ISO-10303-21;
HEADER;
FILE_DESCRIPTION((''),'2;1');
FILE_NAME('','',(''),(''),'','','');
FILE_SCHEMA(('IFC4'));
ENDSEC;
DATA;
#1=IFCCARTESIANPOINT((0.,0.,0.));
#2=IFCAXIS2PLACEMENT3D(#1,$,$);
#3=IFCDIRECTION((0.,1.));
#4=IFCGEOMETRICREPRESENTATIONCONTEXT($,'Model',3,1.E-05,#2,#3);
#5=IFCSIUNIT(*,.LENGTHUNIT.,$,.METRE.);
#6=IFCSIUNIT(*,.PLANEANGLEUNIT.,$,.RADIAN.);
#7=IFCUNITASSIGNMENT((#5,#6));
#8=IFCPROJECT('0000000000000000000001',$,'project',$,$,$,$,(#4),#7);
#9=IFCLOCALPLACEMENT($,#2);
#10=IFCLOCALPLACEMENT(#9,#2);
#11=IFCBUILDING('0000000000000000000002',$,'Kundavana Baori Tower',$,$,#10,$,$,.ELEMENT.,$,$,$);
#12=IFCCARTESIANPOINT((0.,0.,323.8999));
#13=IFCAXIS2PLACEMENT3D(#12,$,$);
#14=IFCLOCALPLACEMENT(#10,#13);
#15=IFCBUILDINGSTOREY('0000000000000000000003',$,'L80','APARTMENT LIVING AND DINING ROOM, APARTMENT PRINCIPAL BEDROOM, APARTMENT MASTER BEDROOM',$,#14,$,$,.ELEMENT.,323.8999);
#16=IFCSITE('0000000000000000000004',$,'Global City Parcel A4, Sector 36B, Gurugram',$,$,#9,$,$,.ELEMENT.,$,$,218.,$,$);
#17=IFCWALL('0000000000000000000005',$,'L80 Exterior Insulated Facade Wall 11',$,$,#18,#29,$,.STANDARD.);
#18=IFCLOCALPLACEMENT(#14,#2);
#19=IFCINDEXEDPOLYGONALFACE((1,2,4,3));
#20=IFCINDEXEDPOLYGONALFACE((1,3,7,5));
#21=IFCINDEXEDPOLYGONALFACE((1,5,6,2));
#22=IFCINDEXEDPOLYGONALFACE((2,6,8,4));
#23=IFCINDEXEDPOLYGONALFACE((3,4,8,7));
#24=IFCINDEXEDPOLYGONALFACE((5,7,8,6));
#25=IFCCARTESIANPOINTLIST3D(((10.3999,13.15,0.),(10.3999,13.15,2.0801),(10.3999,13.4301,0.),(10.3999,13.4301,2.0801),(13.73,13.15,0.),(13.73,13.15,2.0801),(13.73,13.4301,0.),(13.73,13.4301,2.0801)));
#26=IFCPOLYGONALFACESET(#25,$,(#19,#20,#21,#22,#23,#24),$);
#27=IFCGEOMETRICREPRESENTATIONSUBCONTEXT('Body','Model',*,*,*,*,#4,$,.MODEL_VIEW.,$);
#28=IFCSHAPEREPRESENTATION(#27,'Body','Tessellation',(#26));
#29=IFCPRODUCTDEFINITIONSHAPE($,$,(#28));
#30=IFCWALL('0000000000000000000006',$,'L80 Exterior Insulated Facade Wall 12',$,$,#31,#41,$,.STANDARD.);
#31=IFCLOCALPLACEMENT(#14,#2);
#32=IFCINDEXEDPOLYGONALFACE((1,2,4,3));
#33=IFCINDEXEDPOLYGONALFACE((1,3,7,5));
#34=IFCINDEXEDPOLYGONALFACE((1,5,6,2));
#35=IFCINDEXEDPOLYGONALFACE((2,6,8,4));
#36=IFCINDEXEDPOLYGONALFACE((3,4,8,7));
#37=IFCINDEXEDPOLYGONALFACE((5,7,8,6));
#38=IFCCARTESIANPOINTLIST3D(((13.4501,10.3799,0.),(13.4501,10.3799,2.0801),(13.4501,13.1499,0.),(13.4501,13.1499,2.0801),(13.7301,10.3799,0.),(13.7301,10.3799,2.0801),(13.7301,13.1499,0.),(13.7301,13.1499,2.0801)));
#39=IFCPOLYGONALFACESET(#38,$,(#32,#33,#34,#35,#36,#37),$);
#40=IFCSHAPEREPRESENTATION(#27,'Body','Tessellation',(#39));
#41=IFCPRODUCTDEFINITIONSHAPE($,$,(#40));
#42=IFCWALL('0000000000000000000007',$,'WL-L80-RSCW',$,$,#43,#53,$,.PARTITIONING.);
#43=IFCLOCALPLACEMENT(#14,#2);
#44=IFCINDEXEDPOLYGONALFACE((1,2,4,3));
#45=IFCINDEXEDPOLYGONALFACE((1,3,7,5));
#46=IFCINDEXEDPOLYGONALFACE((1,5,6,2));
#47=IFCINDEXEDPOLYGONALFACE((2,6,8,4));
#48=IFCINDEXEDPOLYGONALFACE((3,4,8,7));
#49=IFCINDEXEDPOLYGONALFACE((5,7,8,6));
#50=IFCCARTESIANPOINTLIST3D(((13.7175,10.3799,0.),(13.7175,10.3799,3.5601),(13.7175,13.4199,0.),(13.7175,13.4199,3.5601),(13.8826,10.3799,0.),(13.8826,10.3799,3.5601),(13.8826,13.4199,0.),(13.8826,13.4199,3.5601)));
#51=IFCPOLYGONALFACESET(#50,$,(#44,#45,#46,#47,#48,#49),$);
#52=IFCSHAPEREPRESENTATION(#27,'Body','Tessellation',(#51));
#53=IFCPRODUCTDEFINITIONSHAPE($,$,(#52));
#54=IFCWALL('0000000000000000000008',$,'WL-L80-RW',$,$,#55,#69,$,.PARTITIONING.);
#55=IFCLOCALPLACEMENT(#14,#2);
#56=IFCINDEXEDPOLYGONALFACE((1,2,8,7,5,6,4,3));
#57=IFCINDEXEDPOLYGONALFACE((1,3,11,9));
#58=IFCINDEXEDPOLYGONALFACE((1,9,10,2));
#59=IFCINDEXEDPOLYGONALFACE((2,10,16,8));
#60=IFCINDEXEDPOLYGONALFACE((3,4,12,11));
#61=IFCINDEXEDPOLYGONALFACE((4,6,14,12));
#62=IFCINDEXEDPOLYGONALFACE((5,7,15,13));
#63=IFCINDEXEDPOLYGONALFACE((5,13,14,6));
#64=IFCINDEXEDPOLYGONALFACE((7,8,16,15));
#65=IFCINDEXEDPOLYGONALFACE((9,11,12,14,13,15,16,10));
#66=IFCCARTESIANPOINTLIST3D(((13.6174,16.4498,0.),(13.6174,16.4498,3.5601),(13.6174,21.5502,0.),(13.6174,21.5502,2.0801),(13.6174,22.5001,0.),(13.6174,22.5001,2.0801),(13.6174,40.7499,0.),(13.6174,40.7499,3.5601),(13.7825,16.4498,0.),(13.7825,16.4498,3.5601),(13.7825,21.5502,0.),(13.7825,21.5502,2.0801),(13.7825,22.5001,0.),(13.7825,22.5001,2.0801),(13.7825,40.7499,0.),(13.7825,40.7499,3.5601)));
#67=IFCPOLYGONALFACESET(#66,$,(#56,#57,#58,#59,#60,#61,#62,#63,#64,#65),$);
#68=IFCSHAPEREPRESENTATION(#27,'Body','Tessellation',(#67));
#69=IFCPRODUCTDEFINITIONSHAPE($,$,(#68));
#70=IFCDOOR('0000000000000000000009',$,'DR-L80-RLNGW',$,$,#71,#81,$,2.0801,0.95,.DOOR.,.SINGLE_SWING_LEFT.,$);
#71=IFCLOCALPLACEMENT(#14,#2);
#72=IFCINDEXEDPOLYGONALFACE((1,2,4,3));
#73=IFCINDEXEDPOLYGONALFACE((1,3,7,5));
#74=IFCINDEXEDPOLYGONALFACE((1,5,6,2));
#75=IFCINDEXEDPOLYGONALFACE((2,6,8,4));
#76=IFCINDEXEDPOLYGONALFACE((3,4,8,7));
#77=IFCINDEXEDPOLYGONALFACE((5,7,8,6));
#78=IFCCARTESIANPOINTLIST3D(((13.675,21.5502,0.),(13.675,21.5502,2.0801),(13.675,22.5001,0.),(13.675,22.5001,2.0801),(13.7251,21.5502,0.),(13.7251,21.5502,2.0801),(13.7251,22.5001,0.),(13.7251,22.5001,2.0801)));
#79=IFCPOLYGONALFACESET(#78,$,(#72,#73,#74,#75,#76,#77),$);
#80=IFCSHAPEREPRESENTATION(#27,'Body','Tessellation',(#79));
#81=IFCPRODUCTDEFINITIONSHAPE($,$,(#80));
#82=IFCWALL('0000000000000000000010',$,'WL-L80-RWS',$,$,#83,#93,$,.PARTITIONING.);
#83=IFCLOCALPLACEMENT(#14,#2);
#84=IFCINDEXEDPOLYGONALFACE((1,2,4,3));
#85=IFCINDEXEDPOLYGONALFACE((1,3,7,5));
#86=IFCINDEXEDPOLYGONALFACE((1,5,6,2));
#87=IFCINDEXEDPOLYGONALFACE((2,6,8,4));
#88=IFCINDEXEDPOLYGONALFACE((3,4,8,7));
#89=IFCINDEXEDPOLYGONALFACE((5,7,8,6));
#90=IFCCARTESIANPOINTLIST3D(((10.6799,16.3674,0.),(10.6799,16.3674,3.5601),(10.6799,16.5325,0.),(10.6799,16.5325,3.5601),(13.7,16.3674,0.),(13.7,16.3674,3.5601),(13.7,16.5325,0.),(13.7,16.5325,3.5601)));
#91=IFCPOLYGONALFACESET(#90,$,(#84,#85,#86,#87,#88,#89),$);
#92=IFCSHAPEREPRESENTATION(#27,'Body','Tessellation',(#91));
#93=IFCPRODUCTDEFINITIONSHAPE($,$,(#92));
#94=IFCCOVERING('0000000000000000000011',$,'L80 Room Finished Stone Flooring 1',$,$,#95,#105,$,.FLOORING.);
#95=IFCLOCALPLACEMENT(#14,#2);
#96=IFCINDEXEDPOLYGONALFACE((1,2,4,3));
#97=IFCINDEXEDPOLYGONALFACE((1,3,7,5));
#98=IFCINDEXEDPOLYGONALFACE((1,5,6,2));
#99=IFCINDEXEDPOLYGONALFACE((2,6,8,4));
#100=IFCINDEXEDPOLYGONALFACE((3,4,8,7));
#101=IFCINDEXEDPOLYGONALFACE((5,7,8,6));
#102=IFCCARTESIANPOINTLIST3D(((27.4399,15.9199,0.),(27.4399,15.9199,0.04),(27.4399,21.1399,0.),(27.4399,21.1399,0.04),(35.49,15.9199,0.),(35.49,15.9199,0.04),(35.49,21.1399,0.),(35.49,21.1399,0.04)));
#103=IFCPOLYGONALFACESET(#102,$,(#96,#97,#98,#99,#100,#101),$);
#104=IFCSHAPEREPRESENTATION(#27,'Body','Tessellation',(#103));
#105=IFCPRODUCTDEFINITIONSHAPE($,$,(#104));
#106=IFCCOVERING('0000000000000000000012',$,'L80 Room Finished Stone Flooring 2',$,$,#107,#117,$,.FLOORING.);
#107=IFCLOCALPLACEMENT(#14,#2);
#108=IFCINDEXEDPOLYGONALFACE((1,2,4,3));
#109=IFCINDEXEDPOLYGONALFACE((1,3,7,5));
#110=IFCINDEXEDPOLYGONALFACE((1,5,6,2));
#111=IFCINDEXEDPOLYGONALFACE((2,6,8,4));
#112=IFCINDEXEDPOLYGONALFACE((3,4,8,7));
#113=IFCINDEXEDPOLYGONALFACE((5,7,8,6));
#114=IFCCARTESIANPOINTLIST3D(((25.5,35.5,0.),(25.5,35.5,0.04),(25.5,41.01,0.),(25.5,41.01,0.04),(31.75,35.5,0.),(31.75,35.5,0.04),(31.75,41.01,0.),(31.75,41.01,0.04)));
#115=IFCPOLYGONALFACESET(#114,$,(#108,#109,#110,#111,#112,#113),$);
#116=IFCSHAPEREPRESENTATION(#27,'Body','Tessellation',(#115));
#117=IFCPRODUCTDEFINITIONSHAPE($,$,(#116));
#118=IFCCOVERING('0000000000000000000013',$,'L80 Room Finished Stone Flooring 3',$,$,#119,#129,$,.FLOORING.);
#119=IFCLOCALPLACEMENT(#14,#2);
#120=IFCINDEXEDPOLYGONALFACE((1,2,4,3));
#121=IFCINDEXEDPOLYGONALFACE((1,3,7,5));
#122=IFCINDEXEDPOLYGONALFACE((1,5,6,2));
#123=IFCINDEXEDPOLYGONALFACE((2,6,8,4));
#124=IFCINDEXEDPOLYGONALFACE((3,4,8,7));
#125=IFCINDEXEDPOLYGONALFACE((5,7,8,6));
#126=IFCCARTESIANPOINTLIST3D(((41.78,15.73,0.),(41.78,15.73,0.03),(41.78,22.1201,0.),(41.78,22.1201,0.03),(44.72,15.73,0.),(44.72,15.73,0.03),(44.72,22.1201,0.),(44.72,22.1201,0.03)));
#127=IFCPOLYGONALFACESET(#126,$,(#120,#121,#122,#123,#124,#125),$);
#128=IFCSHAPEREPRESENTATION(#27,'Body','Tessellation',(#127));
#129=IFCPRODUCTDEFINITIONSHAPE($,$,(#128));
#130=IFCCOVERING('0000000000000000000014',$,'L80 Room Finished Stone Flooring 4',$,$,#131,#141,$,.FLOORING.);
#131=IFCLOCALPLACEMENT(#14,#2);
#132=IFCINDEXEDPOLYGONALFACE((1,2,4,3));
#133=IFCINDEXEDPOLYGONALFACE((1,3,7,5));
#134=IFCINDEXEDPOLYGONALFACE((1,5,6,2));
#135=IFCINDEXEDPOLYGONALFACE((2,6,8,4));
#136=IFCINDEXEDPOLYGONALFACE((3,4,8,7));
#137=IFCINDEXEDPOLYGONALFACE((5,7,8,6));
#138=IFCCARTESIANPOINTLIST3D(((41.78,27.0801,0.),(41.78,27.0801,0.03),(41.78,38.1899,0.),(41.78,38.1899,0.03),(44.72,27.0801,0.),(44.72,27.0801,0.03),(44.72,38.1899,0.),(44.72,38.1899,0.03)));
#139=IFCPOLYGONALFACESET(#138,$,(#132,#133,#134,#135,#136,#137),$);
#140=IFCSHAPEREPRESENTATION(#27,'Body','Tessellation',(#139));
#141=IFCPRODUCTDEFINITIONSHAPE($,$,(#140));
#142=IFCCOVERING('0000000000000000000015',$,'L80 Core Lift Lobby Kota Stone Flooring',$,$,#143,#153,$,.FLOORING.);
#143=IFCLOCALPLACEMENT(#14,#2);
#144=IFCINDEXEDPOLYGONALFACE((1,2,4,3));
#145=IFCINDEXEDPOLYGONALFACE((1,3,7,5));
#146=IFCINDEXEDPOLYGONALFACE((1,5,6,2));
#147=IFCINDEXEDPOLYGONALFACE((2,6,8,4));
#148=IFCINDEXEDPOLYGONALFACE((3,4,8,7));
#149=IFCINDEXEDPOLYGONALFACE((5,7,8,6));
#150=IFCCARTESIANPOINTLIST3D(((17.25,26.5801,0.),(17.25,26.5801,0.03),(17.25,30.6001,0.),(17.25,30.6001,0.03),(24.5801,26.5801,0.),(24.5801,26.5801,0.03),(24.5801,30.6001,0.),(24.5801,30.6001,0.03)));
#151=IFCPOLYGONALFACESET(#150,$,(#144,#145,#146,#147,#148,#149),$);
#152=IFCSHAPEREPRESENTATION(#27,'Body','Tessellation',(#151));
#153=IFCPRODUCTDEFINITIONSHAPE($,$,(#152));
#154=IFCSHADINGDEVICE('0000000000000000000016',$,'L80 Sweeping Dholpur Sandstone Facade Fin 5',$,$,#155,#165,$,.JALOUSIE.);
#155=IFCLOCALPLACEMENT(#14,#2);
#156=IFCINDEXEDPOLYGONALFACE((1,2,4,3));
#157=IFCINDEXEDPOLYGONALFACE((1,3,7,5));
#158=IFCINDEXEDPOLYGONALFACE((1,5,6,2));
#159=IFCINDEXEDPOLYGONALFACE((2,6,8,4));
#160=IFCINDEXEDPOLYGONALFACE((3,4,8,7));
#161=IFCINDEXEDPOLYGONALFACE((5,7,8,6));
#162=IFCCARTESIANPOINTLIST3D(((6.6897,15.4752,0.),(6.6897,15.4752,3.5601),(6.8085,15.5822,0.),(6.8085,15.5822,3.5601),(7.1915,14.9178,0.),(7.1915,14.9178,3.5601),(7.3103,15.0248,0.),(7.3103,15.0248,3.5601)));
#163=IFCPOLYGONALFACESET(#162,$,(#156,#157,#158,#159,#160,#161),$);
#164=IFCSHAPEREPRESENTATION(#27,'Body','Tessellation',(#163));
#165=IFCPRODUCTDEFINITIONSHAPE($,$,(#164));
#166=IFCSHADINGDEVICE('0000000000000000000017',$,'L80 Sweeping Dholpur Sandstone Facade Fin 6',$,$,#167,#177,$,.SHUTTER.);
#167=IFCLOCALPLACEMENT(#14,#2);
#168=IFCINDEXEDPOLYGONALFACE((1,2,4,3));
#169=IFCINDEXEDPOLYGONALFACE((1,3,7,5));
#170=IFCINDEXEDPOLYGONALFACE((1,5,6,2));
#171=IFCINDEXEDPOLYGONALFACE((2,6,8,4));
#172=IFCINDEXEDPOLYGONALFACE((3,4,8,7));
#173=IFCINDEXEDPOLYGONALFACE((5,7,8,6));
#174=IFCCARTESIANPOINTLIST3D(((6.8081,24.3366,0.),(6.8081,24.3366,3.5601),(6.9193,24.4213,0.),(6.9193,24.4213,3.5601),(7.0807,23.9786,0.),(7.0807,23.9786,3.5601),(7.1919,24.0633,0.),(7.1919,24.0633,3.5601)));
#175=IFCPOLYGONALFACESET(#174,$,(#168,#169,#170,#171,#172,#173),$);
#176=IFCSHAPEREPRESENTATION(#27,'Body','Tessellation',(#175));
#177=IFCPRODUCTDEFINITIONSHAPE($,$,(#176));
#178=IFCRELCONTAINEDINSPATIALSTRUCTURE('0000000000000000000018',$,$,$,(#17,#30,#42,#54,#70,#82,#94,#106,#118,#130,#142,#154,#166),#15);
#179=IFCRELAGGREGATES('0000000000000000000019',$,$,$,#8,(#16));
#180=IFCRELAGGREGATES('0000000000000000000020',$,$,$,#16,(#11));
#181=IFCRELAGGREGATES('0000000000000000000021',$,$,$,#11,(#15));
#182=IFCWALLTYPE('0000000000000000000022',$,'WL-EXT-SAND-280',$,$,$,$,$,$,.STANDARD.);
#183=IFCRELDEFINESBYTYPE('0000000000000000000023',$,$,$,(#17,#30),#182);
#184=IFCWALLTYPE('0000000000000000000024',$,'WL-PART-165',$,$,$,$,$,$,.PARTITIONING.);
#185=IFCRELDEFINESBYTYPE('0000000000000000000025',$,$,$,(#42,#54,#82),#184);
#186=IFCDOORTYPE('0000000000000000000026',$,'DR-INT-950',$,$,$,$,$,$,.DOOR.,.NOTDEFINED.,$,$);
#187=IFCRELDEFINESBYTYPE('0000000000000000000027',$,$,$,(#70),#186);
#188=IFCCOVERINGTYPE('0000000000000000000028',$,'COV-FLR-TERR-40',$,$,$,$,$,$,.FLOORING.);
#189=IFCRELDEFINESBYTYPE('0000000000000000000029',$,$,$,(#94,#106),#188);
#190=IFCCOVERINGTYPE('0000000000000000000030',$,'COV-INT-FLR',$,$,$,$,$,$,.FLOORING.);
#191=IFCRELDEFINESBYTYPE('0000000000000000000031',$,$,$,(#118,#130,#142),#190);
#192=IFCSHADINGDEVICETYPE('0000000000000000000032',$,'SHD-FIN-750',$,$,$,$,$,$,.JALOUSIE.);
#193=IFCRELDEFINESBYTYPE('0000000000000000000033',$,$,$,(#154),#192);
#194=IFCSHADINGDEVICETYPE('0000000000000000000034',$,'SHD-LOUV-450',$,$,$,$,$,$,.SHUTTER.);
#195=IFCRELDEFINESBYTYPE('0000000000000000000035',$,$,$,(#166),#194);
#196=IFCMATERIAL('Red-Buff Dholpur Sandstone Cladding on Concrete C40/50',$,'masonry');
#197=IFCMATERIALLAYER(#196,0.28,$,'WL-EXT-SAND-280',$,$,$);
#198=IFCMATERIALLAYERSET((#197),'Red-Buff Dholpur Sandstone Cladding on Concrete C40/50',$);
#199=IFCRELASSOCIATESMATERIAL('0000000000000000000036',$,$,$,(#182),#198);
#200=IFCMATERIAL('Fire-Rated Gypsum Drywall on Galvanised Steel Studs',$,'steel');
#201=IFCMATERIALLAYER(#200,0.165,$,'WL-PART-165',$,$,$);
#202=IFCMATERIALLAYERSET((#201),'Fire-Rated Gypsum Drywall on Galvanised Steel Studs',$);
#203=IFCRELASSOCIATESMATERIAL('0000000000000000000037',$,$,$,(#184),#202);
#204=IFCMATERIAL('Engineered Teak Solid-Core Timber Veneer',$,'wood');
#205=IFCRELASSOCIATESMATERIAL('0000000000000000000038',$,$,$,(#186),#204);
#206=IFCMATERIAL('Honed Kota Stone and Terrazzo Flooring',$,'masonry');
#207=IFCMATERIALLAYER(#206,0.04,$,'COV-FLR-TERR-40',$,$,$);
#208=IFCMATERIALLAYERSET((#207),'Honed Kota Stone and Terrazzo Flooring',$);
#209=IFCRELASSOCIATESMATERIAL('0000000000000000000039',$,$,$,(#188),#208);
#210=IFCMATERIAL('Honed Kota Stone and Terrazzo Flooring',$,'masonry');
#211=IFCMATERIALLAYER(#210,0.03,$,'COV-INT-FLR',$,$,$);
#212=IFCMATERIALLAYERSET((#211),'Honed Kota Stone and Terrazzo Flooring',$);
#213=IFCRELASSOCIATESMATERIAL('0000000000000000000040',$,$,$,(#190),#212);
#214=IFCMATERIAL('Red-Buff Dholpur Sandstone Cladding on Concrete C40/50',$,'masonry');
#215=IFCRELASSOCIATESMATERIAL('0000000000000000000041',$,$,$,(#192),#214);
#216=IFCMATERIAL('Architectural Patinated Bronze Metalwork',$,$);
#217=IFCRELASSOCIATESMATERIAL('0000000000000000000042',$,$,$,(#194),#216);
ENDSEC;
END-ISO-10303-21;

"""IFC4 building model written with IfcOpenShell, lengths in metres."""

from ifc_helpers import new_model, si_unit, direction, frame, frame_2d, origin, origin_2d, place, context, subcontext, project, spatial, polyline, rectangle, outline, extrude, material, layer, layer_set, type_object, element, fill, save


model = new_model("IFC4")

# Units and contexts
model_context = context("Model", 3, precision=1e-05, world=origin(), true_north=direction((0.0, 1.0)))
body_context = subcontext(model_context, "Body", "Model", "MODEL_VIEW")
ifc_project = project(units=[si_unit("LENGTHUNIT", "METRE"), si_unit("PLANEANGLEUNIT", "RADIAN")], contexts=[model_context])

# Site, building, storey
site_placement = place(None, origin())
site = spatial("IfcSite", under=ifc_project, at=site_placement, Name="Global City Parcel A4, Sector 36B, Gurugram", CompositionType="ELEMENT", RefElevation=218.0)
building_placement = place(site_placement, origin())
building = spatial("IfcBuilding", under=site, at=building_placement, Name="Kundavana Baori Tower", CompositionType="ELEMENT")
storey_placement = place(building_placement, frame((0.0, 0.0, 323.8999)))
storey = spatial("IfcBuildingStorey", under=building, at=storey_placement, Name="L80", Description="APARTMENT LIVING AND DINING ROOM, APARTMENT PRINCIPAL BEDROOM, APARTMENT MASTER BEDROOM", CompositionType="ELEMENT", Elevation=323.8999)

# Shared definitions
ifc_material_1 = material(Name="Red-Buff Dholpur Sandstone Cladding on Concrete C40/50", Category="masonry")
ifc_layer_1 = layer(ifc_material_1, 0.28, Name="WL-EXT-SAND-280")
ifc_layer_set_1 = layer_set([ifc_layer_1], Name="Red-Buff Dholpur Sandstone Cladding on Concrete C40/50")
wall_type_1 = type_object("IfcWallType", Name="WL-EXT-SAND-280", PredefinedType="STANDARD", material=ifc_layer_set_1)

# Walls
wall_1_placement = place(storey_placement, frame((10.3999, 13.29, 0.0), z_axis=(0.0, 0.0, 1.0), x_axis=(1.0, 0.0, 0.0)))
element("IfcWall", 1, at=wall_1_placement, inside=storey, type_object=wall_type_1, Name="L80 Exterior Insulated Facade Wall 11", PredefinedType="STANDARD", context=body_context, shape_type="SweptSolid", body=[
    extrude(rectangle(XDim=3.3301, YDim=0.28, at=frame_2d((1.665, 0.0))), origin(), (0.0, 0.0, 1.0), 2.0801),
])
wall_2_placement = place(storey_placement, frame((13.5901, 13.1499, 0.0), z_axis=(0.0, 0.0, 1.0), x_axis=(0.0, -1.0, 0.0)))
element("IfcWall", 2, at=wall_2_placement, inside=storey, type_object=wall_type_1, Name="L80 Exterior Insulated Facade Wall 12", PredefinedType="STANDARD", context=body_context, shape_type="SweptSolid", body=[
    extrude(rectangle(XDim=2.77, YDim=0.28, at=frame_2d((1.385, 0.0))), origin(), (0.0, 0.0, 1.0), 2.0801),
])
ifc_material_2 = material(Name="Fire-Rated Gypsum Drywall on Galvanised Steel Studs", Category="steel")
ifc_layer_2 = layer(ifc_material_2, 0.165, Name="WL-PART-165")
ifc_layer_set_2 = layer_set([ifc_layer_2], Name="Fire-Rated Gypsum Drywall on Galvanised Steel Studs")
wall_type_2 = type_object("IfcWallType", Name="WL-PART-165", PredefinedType="PARTITIONING", material=ifc_layer_set_2)
wall_3_placement = place(storey_placement, frame((13.8, 10.3799, 0.0), z_axis=(0.0, 0.0, 1.0), x_axis=(0.0, 1.0, 0.0)))
element("IfcWall", 3, at=wall_3_placement, inside=storey, type_object=wall_type_2, Name="WL-L80-RSCW", PredefinedType="PARTITIONING", context=body_context, shape_type="SweptSolid", body=[
    extrude(rectangle(XDim=3.04, YDim=0.165, at=frame_2d((1.52, 0.0))), origin(), (0.0, 0.0, 1.0), 3.5601),
])

# Wall, opening, door
wall_4_placement = place(storey_placement, frame((13.7, 16.45, 0.0), z_axis=(0.0, 0.0, 1.0), x_axis=(0.0, 1.0, 0.0)))
wall_4 = element("IfcWall", 4, at=wall_4_placement, inside=storey, type_object=wall_type_2, Name="WL-L80-RW", PredefinedType="PARTITIONING", context=body_context, shape_type="SweptSolid", body=[
    extrude(rectangle(XDim=24.3, YDim=0.165, at=frame_2d((12.1499, 0.0))), origin(), (0.0, 0.0, 1.0), 3.5601),
])
opening_1_placement = place(wall_4_placement, frame((5.1001, 0.0, 0.0)))
opening_1 = element("IfcOpeningElement", 5, at=opening_1_placement, cuts=wall_4, PredefinedType="OPENING", context=body_context, shape_type="SweptSolid", body=[
    extrude(rectangle(XDim=0.95, YDim=2.0801, at=frame_2d((0.4751, 1.04))), frame((0.0, 0.0925, 0.0), z_axis=(0.0, -1.0, 0.0), x_axis=(1.0, 0.0, 0.0)), (0.0, 0.0, 1.0), 0.1851),
])
ifc_material_3 = material(Name="Engineered Teak Solid-Core Timber Veneer", Category="wood")
door_type_1 = type_object("IfcDoorType", Name="DR-INT-950", OperationType="NOTDEFINED", PredefinedType="DOOR", material=ifc_material_3)
door_1_placement = place(opening_1_placement, origin())
door_1 = element("IfcDoor", 6, at=door_1_placement, inside=storey, type_object=door_type_1, Name="DR-L80-RLNGW", OperationType="SINGLE_SWING_LEFT", OverallHeight=2.0801, OverallWidth=0.95, PredefinedType="DOOR", context=body_context, shape_type="SweptSolid", body=[
    extrude(rectangle(XDim=0.95, YDim=2.0801, at=frame_2d((0.4751, 1.04))), frame((0.0, 0.0249, 0.0), z_axis=(0.0, -1.0, 0.0), x_axis=(1.0, 0.0, 0.0)), (0.0, 0.0, 1.0), 0.05),
])
fill(opening_1, door_1)

# Wall
wall_5_placement = place(storey_placement, frame((10.6799, 16.45, 0.0), z_axis=(0.0, 0.0, 1.0), x_axis=(1.0, 0.0, 0.0)))
element("IfcWall", 7, at=wall_5_placement, inside=storey, type_object=wall_type_2, Name="WL-L80-RWS", PredefinedType="PARTITIONING", context=body_context, shape_type="SweptSolid", body=[
    extrude(rectangle(XDim=3.02, YDim=0.165, at=frame_2d((1.51, 0.0))), origin(), (0.0, 0.0, 1.0), 3.5601),
])

# Coverings
ifc_material_4 = material(Name="Honed Kota Stone and Terrazzo Flooring", Category="masonry")
ifc_layer_3 = layer(ifc_material_4, 0.04, Name="COV-FLR-TERR-40")
ifc_layer_set_3 = layer_set([ifc_layer_3], Name="Honed Kota Stone and Terrazzo Flooring")
covering_type_1 = type_object("IfcCoveringType", Name="COV-FLR-TERR-40", PredefinedType="FLOORING", material=ifc_layer_set_3)
covering_1_placement = place(storey_placement, origin())
element("IfcCovering", 8, at=covering_1_placement, inside=storey, type_object=covering_type_1, Name="L80 Room Finished Stone Flooring 1", PredefinedType="FLOORING", context=body_context, shape_type="SweptSolid", body=[
    extrude(outline(polyline([(27.4399, 15.9199), (35.49, 15.9199), (35.49, 21.1399), (27.4399, 21.1399), (27.4399, 15.9199)])), origin(), (0.0, 0.0, 1.0), 0.04),
])
covering_2_placement = place(storey_placement, origin())
element("IfcCovering", 9, at=covering_2_placement, inside=storey, type_object=covering_type_1, Name="L80 Room Finished Stone Flooring 2", PredefinedType="FLOORING", context=body_context, shape_type="SweptSolid", body=[
    extrude(outline(polyline([(25.5, 35.5), (31.75, 35.5), (31.75, 41.01), (25.5, 41.01), (25.5, 35.5)])), origin(), (0.0, 0.0, 1.0), 0.04),
])
ifc_material_5 = material(Name="Honed Kota Stone and Terrazzo Flooring", Category="masonry")
ifc_layer_4 = layer(ifc_material_5, 0.03, Name="COV-INT-FLR")
ifc_layer_set_4 = layer_set([ifc_layer_4], Name="Honed Kota Stone and Terrazzo Flooring")
covering_type_2 = type_object("IfcCoveringType", Name="COV-INT-FLR", PredefinedType="FLOORING", material=ifc_layer_set_4)
covering_3_placement = place(storey_placement, origin())
element("IfcCovering", 10, at=covering_3_placement, inside=storey, type_object=covering_type_2, Name="L80 Room Finished Stone Flooring 3", PredefinedType="FLOORING", context=body_context, shape_type="SweptSolid", body=[
    extrude(outline(polyline([(41.78, 15.73), (44.72, 15.73), (44.72, 22.1201), (41.78, 22.1201), (41.78, 15.73)])), origin(), (0.0, 0.0, 1.0), 0.03),
])
covering_4_placement = place(storey_placement, origin())
element("IfcCovering", 11, at=covering_4_placement, inside=storey, type_object=covering_type_2, Name="L80 Room Finished Stone Flooring 4", PredefinedType="FLOORING", context=body_context, shape_type="SweptSolid", body=[
    extrude(outline(polyline([(41.78, 27.0801), (44.72, 27.0801), (44.72, 38.1899), (41.78, 38.1899), (41.78, 27.0801)])), origin(), (0.0, 0.0, 1.0), 0.03),
])
covering_5_placement = place(storey_placement, origin())
element("IfcCovering", 12, at=covering_5_placement, inside=storey, type_object=covering_type_2, Name="L80 Core Lift Lobby Kota Stone Flooring", PredefinedType="FLOORING", context=body_context, shape_type="SweptSolid", body=[
    extrude(outline(polyline([(17.25, 26.5801), (24.5801, 26.5801), (24.5801, 30.6001), (17.25, 30.6001), (17.25, 26.5801)])), origin(), (0.0, 0.0, 1.0), 0.03),
])

# Shading devices
ifc_material_6 = material(Name="Red-Buff Dholpur Sandstone Cladding on Concrete C40/50", Category="masonry")
shading_device_type_1 = type_object("IfcShadingDeviceType", Name="SHD-FIN-750", PredefinedType="JALOUSIE", material=ifc_material_6)
shading_device_1_placement = place(storey_placement, frame((7.0, 15.25, 0.0), z_axis=(0.0, 0.0, 1.0), x_axis=(0.743145, 0.669131, 0.0)))
element("IfcShadingDevice", 13, at=shading_device_1_placement, inside=storey, type_object=shading_device_type_1, Name="L80 Sweeping Dholpur Sandstone Facade Fin 5", PredefinedType="JALOUSIE", context=body_context, shape_type="SweptSolid", body=[
    extrude(rectangle(XDim=0.1599, YDim=0.75, at=origin_2d()), origin(), (0.0, 0.0, 1.0), 3.5601),
])
ifc_material_7 = material(Name="Architectural Patinated Bronze Metalwork")
shading_device_type_2 = type_object("IfcShadingDeviceType", Name="SHD-LOUV-450", PredefinedType="SHUTTER", material=ifc_material_7)
shading_device_2_placement = place(storey_placement, frame((7.0, 24.2, 0.0), z_axis=(0.0, 0.0, 1.0), x_axis=(0.795579, 0.60585, 0.0)))
element("IfcShadingDevice", 14, at=shading_device_2_placement, inside=storey, type_object=shading_device_type_2, Name="L80 Sweeping Dholpur Sandstone Facade Fin 6", PredefinedType="SHUTTER", context=body_context, shape_type="SweptSolid", body=[
    extrude(rectangle(XDim=0.1399, YDim=0.45, at=origin_2d()), origin(), (0.0, 0.0, 1.0), 3.5601),
])

save(model, "model.ifc")
